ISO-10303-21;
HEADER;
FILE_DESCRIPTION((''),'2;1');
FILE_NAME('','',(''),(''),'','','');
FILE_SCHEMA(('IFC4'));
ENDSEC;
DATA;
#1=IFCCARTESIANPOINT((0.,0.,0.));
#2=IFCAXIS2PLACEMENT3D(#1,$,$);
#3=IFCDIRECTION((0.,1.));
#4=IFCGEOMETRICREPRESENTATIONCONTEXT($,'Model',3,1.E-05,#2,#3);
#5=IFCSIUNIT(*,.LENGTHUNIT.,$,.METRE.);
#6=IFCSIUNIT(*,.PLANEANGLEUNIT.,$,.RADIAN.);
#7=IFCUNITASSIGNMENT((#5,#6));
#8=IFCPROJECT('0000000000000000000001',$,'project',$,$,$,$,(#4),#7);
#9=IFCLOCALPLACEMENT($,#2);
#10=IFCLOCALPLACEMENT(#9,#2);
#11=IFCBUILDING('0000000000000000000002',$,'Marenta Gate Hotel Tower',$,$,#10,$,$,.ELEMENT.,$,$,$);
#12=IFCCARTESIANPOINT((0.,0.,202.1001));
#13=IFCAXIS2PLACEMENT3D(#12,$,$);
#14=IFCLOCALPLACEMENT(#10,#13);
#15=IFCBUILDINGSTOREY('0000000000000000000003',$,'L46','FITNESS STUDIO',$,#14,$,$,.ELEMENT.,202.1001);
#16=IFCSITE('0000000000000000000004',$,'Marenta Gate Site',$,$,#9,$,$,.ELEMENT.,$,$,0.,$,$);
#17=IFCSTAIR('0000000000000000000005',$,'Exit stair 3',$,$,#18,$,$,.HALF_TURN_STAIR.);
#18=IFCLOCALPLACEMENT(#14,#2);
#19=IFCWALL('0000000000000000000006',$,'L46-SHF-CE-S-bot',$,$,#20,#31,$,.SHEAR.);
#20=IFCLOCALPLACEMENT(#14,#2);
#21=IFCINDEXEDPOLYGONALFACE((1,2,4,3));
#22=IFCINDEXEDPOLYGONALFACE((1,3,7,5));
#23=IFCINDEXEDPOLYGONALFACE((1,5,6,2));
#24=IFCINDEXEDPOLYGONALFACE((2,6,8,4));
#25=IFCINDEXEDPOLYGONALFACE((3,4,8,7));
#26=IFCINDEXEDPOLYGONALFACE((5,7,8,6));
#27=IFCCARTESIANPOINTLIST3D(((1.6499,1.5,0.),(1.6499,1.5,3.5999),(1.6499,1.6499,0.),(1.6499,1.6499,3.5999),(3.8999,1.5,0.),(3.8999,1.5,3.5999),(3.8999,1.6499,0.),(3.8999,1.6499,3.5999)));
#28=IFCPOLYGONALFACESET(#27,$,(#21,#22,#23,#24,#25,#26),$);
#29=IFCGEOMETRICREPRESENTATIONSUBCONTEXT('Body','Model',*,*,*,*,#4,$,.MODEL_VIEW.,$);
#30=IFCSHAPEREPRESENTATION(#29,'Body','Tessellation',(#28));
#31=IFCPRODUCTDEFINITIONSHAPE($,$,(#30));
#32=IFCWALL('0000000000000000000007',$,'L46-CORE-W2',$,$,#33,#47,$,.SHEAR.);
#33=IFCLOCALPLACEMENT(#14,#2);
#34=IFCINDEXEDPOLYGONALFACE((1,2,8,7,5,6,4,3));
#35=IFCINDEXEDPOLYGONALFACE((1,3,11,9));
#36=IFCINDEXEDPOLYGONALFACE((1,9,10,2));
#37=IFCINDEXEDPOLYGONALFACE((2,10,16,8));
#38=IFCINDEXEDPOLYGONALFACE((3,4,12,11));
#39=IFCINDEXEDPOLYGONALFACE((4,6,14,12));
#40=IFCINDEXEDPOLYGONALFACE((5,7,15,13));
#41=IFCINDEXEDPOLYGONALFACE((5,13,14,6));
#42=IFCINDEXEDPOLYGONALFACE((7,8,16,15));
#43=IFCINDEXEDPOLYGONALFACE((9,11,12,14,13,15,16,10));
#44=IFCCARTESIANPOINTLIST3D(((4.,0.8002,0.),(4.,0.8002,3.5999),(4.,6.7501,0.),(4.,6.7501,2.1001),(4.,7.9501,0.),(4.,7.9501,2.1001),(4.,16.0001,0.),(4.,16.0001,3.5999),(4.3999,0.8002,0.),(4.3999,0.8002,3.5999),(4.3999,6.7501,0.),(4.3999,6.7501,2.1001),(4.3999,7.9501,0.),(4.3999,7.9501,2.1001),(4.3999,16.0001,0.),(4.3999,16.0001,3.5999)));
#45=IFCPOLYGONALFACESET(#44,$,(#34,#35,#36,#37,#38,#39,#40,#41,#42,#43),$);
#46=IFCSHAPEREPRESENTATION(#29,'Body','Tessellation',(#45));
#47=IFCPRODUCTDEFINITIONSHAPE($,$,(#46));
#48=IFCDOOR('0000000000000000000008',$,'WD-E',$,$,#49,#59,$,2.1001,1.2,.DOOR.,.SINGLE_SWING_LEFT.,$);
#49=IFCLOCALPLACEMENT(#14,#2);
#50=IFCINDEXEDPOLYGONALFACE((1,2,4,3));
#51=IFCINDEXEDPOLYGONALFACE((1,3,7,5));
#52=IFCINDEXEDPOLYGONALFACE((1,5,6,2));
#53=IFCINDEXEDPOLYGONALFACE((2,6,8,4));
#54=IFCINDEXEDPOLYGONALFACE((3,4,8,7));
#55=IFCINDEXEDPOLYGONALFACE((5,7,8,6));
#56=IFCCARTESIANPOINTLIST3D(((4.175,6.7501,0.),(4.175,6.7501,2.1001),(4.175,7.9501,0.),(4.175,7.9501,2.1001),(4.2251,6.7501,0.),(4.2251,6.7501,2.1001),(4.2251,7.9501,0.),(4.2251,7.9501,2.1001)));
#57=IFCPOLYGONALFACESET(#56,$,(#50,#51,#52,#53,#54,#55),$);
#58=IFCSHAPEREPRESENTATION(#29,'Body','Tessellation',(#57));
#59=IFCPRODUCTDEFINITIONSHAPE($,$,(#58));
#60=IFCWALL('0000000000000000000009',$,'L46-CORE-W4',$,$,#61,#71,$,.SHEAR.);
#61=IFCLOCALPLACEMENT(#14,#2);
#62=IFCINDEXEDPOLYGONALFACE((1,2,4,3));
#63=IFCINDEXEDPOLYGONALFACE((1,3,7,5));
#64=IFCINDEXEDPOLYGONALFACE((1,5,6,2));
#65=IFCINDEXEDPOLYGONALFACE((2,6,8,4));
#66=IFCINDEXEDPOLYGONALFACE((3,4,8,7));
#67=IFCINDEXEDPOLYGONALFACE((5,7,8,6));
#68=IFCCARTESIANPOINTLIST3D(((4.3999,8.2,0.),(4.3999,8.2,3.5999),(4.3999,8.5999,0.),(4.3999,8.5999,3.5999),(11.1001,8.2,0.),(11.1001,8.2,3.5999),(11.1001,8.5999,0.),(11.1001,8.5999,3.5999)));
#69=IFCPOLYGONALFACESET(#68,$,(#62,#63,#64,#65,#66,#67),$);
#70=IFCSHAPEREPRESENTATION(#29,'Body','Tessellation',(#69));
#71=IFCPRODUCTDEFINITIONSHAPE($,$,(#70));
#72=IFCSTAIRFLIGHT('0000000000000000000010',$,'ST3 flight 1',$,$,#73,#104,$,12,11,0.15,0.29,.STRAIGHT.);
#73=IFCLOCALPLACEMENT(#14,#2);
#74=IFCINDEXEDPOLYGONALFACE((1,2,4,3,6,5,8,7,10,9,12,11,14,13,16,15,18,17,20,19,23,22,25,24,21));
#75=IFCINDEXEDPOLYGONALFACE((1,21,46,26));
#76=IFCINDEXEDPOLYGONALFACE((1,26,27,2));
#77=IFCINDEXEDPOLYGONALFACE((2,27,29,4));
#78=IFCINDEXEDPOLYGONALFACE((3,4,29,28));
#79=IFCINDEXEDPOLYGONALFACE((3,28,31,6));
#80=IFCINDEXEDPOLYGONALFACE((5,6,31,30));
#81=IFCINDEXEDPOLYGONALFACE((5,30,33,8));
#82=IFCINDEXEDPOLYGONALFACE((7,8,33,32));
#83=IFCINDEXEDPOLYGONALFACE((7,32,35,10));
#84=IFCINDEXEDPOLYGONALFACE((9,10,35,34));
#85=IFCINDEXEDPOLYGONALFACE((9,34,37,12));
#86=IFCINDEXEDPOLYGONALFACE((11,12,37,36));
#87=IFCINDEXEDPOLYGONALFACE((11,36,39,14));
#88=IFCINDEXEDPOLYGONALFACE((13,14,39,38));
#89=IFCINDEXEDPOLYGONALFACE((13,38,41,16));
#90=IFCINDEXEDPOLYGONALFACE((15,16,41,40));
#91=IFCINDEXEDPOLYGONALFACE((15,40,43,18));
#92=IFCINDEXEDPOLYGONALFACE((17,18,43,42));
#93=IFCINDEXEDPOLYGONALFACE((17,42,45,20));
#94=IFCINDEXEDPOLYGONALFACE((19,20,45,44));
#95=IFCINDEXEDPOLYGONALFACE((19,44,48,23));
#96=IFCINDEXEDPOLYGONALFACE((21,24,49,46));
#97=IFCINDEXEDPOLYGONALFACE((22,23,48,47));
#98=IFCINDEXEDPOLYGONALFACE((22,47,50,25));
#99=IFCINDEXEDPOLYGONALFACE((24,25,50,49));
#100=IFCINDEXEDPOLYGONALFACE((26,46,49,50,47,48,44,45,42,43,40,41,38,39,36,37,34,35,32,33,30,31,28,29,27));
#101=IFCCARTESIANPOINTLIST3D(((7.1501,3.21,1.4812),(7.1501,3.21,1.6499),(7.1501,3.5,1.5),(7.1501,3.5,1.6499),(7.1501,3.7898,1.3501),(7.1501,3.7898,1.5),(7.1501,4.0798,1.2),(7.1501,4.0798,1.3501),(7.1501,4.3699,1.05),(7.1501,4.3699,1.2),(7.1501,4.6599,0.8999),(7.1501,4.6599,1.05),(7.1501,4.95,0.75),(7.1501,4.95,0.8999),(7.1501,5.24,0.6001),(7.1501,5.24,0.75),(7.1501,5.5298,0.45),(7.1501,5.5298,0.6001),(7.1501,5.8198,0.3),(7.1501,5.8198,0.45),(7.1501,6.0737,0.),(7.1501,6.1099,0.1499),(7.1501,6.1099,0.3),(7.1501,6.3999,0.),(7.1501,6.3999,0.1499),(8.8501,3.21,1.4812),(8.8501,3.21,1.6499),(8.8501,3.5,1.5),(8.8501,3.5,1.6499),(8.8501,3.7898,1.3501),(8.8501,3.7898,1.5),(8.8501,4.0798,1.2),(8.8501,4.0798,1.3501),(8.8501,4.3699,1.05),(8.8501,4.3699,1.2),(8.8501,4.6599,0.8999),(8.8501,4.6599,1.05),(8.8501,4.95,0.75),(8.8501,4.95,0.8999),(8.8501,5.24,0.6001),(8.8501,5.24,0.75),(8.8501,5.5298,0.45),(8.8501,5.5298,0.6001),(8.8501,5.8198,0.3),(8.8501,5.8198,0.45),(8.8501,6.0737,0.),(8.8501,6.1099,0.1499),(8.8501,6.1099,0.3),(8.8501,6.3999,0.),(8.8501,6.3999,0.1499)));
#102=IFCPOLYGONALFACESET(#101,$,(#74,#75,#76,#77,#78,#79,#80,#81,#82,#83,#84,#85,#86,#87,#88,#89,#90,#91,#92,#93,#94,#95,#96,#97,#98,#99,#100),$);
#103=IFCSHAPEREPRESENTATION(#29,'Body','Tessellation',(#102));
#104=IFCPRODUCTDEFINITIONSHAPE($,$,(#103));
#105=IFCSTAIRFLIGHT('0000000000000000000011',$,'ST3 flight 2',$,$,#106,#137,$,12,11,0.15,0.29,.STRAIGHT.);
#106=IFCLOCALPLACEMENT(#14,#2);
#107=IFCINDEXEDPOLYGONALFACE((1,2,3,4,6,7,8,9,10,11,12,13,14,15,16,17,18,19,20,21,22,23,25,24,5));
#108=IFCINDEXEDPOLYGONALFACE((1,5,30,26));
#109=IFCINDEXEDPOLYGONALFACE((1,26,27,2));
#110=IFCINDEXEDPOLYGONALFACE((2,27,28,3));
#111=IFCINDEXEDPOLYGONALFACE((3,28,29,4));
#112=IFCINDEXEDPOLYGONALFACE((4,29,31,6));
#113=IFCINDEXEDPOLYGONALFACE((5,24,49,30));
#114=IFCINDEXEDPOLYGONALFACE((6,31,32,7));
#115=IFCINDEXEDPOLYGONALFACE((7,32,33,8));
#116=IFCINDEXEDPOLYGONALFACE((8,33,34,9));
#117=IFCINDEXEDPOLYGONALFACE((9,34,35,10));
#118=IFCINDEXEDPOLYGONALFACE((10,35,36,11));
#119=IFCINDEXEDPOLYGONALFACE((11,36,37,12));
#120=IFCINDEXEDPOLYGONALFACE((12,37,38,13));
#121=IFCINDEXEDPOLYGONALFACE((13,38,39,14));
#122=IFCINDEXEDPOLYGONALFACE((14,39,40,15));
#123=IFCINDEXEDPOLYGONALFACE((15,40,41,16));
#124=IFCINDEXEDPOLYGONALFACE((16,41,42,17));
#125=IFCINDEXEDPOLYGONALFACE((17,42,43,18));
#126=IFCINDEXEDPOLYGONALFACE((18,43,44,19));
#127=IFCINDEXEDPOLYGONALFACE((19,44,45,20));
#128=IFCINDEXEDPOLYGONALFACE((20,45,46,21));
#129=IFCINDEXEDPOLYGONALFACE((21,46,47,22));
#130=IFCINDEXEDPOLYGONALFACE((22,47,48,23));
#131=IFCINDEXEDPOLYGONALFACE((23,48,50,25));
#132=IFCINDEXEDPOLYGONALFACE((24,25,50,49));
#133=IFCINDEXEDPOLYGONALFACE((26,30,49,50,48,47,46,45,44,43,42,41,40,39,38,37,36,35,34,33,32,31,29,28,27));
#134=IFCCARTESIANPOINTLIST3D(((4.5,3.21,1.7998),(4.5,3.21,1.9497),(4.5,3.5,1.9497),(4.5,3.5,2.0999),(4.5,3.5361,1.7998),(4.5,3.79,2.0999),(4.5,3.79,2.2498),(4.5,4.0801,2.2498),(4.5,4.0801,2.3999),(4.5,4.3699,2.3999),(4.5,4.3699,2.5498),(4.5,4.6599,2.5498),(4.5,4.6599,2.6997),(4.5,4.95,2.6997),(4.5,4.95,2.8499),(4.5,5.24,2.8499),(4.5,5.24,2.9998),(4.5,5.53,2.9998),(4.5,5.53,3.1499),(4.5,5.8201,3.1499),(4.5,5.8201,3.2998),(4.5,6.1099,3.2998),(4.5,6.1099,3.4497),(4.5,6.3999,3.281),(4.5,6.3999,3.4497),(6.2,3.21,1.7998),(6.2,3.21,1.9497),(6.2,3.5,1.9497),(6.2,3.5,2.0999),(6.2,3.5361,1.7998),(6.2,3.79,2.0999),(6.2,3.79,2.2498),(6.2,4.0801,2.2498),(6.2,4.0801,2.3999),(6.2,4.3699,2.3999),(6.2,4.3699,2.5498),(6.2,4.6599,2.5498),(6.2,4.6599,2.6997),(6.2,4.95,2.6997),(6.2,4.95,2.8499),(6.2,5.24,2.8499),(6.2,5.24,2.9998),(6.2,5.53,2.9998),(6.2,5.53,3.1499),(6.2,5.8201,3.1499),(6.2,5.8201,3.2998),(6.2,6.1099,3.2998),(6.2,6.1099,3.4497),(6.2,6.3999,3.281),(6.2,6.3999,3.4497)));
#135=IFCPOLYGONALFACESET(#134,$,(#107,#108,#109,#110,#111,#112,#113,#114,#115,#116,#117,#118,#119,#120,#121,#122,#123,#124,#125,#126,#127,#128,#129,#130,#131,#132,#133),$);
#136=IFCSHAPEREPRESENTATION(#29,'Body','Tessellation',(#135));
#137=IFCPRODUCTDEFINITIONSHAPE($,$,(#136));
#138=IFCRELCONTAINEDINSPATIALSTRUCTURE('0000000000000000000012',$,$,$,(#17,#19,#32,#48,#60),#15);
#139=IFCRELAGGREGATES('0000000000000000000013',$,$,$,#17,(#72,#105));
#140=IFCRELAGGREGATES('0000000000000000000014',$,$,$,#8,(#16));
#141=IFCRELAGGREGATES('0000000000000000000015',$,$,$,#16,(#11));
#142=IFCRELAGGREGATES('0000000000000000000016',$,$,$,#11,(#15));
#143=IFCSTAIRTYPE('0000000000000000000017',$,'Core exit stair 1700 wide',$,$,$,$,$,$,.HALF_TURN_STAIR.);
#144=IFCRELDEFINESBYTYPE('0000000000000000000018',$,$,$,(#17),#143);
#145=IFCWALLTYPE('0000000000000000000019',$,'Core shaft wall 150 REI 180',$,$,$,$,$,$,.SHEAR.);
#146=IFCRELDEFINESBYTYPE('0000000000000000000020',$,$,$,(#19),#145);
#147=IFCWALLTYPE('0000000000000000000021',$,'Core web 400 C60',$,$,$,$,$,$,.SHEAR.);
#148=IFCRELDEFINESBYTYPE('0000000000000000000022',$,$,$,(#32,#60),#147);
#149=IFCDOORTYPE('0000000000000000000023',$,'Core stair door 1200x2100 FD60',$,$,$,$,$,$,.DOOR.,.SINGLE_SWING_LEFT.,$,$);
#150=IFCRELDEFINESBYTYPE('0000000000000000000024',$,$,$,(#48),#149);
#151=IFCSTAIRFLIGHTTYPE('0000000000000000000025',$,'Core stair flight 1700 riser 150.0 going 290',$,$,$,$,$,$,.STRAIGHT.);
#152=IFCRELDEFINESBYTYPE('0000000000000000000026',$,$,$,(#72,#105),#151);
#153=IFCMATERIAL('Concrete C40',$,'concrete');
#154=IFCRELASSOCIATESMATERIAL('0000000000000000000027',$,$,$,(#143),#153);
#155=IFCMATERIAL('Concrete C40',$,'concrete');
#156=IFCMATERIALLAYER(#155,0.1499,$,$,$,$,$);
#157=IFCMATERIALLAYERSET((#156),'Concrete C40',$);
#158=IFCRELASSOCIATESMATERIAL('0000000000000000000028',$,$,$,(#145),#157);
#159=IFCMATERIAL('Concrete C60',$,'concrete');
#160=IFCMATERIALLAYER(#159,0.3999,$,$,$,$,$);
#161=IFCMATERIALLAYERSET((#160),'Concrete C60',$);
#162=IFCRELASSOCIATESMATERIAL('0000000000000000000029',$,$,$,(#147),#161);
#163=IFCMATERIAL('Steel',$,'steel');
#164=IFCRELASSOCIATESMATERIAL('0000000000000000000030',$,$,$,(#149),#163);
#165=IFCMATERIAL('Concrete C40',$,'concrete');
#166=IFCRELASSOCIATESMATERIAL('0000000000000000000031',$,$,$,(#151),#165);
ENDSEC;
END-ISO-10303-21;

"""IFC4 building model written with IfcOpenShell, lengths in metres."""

from ifc_helpers import new_model, si_unit, direction, frame, frame_2d, origin, place, context, subcontext, project, spatial, polyline, rectangle, outline, extrude, material, layer, layer_set, type_object, element, fill, aggregate, save


model = new_model("IFC4")

# Units and contexts
model_context = context("Model", 3, precision=1e-05, world=origin(), true_north=direction((0.0, 1.0)))
body_context = subcontext(model_context, "Body", "Model", "MODEL_VIEW")
ifc_project = project(units=[si_unit("LENGTHUNIT", "METRE"), si_unit("PLANEANGLEUNIT", "RADIAN")], contexts=[model_context])

# Site, building, storey
site_placement = place(None, origin())
site = spatial("IfcSite", under=ifc_project, at=site_placement, Name="Marenta Gate Site", CompositionType="ELEMENT", RefElevation=0.0)
building_placement = place(site_placement, origin())
building = spatial("IfcBuilding", under=site, at=building_placement, Name="Marenta Gate Hotel Tower", CompositionType="ELEMENT")
storey_placement = place(building_placement, frame((0.0, 0.0, 202.1001)))
storey = spatial("IfcBuildingStorey", under=building, at=storey_placement, Name="L46", Description="FITNESS STUDIO", CompositionType="ELEMENT", Elevation=202.1001)

# Stair
ifc_material_1 = material(Name="Concrete C40", Category="concrete")
stair_type_1 = type_object("IfcStairType", Name="Core exit stair 1700 wide", PredefinedType="HALF_TURN_STAIR", material=ifc_material_1)
stair_1_placement = place(storey_placement, origin())
stair_1 = element("IfcStair", 1, at=stair_1_placement, inside=storey, type_object=stair_type_1, Name="Exit stair 3", PredefinedType="HALF_TURN_STAIR")

# Shared definitions
ifc_material_2 = material(Name="Concrete C40", Category="concrete")
ifc_layer_1 = layer(ifc_material_2, 0.1499)
ifc_layer_set_1 = layer_set([ifc_layer_1], Name="Concrete C40")
wall_type_1 = type_object("IfcWallType", Name="Core shaft wall 150 REI 180", PredefinedType="SHEAR", material=ifc_layer_set_1)

# Wall
wall_1_placement = place(storey_placement, frame((1.6499, 1.575, 0.0), z_axis=(0.0, 0.0, 1.0), x_axis=(1.0, 0.0, 0.0)))
element("IfcWall", 2, at=wall_1_placement, inside=storey, type_object=wall_type_1, Name="L46-SHF-CE-S-bot", PredefinedType="SHEAR", context=body_context, shape_type="SweptSolid", body=[
    extrude(rectangle(XDim=2.25, YDim=0.1499, at=frame_2d((1.125, 0.0))), origin(), (0.0, 0.0, 1.0), 3.5999),
])

# Wall, opening, door
ifc_material_3 = material(Name="Concrete C60", Category="concrete")
ifc_layer_2 = layer(ifc_material_3, 0.3999)
ifc_layer_set_2 = layer_set([ifc_layer_2], Name="Concrete C60")
wall_type_2 = type_object("IfcWallType", Name="Core web 400 C60", PredefinedType="SHEAR", material=ifc_layer_set_2)
wall_2_placement = place(storey_placement, frame((4.2, 0.8, 0.0), z_axis=(0.0, 0.0, 1.0), x_axis=(0.0, 1.0, 0.0)))
wall_2 = element("IfcWall", 3, at=wall_2_placement, inside=storey, type_object=wall_type_2, Name="L46-CORE-W2", PredefinedType="SHEAR", context=body_context, shape_type="SweptSolid", body=[
    extrude(rectangle(XDim=15.2, YDim=0.3999, at=frame_2d((7.6001, 0.0))), origin(), (0.0, 0.0, 1.0), 3.5999),
])
opening_1_placement = place(wall_2_placement, frame((5.95, 0.0, 0.0)))
opening_1 = element("IfcOpeningElement", 4, at=opening_1_placement, cuts=wall_2, PredefinedType="OPENING", context=body_context, shape_type="SweptSolid", body=[
    extrude(rectangle(XDim=1.2, YDim=2.1001, at=frame_2d((0.6001, 1.05))), frame((0.0, 0.2, 0.0), z_axis=(0.0, -1.0, 0.0), x_axis=(1.0, 0.0, 0.0)), (0.0, 0.0, 1.0), 0.3999),
])
ifc_material_4 = material(Name="Steel", Category="steel")
door_type_1 = type_object("IfcDoorType", Name="Core stair door 1200x2100 FD60", OperationType="SINGLE_SWING_LEFT", PredefinedType="DOOR", material=ifc_material_4)
door_1_placement = place(opening_1_placement, origin())
door_1 = element("IfcDoor", 5, at=door_1_placement, inside=storey, type_object=door_type_1, Name="WD-E", OperationType="SINGLE_SWING_LEFT", OverallHeight=2.1001, OverallWidth=1.2, PredefinedType="DOOR", context=body_context, shape_type="SweptSolid", body=[
    extrude(rectangle(XDim=1.2, YDim=2.1001, at=frame_2d((0.6001, 1.05))), frame((0.0, 0.0249, 0.0), z_axis=(0.0, -1.0, 0.0), x_axis=(1.0, 0.0, 0.0)), (0.0, 0.0, 1.0), 0.05),
])
fill(opening_1, door_1)

# Wall
wall_3_placement = place(storey_placement, frame((4.3999, 8.3999, 0.0), z_axis=(0.0, 0.0, 1.0), x_axis=(1.0, 0.0, 0.0)))
element("IfcWall", 6, at=wall_3_placement, inside=storey, type_object=wall_type_2, Name="L46-CORE-W4", PredefinedType="SHEAR", context=body_context, shape_type="SweptSolid", body=[
    extrude(rectangle(XDim=6.7002, YDim=0.3999, at=frame_2d((3.3501, 0.0))), origin(), (0.0, 0.0, 1.0), 3.5999),
])

# Stair flights
ifc_material_5 = material(Name="Concrete C40", Category="concrete")
stair_flight_type = type_object("IfcStairFlightType", Name="Core stair flight 1700 riser 150.0 going 290", PredefinedType="STRAIGHT", material=ifc_material_5)
stair_flight_1_placement = place(storey_placement, frame((8.0, 6.3999, 0.0), z_axis=(0.0, 0.0, 1.0), x_axis=(0.0, -1.0, 0.0)))
stair_flight_1 = element("IfcStairFlight", 7, at=stair_flight_1_placement, type_object=stair_flight_type, Name="ST3 flight 1", NumberOfRisers=12, NumberOfTreads=11, PredefinedType="STRAIGHT", RiserHeight=0.15, TreadLength=0.29, context=body_context, shape_type="SweptSolid", body=[
    extrude(outline(polyline([(0.0, 0.0), (0.0, 0.1499), (0.29, 0.1499), (0.29, 0.3), (0.5801, 0.3), (0.5801, 0.45), (0.8701, 0.45), (0.8701, 0.6001), (1.1599, 0.6001), (1.1599, 0.75), (1.45, 0.75), (1.45, 0.8999), (1.74, 0.8999), (1.74, 1.05), (2.03, 1.05), (2.03, 1.2), (2.3201, 1.2), (2.3201, 1.3501), (2.6101, 1.3501), (2.6101, 1.5), (2.8999, 1.5), (2.8999, 1.6499), (3.1899, 1.6499), (3.1899, 1.8), (3.1899, 1.4812), (0.3262, 0.0), (0.0, 0.0)])), frame((0.0, 0.8501, 0.0), z_axis=(0.0, -1.0, 0.0), x_axis=(1.0, 0.0, 0.0)), (0.0, 0.0, 1.0), 1.7),
])
stair_flight_2_placement = place(storey_placement, frame((5.3501, 3.21, 1.7998), z_axis=(0.0, 0.0, 1.0), x_axis=(0.0, 1.0, 0.0)))
stair_flight_2 = element("IfcStairFlight", 8, at=stair_flight_2_placement, type_object=stair_flight_type, Name="ST3 flight 2", NumberOfRisers=12, NumberOfTreads=11, PredefinedType="STRAIGHT", RiserHeight=0.15, TreadLength=0.29, context=body_context, shape_type="SweptSolid", body=[
    extrude(outline(polyline([(0.0, 0.0), (0.0, 0.1499), (0.29, 0.1499), (0.29, 0.3), (0.5801, 0.3), (0.5801, 0.45), (0.8701, 0.45), (0.8701, 0.6001), (1.1599, 0.6001), (1.1599, 0.75), (1.45, 0.75), (1.45, 0.8999), (1.74, 0.8999), (1.74, 1.05), (2.03, 1.05), (2.03, 1.2), (2.3201, 1.2), (2.3201, 1.3501), (2.6101, 1.3501), (2.6101, 1.5), (2.8999, 1.5), (2.8999, 1.6499), (3.1899, 1.6499), (3.1899, 1.8), (3.1899, 1.4812), (0.3262, 0.0), (0.0, 0.0)])), frame((0.0, 0.8501, 0.0), z_axis=(0.0, -1.0, 0.0), x_axis=(1.0, 0.0, 0.0)), (0.0, 0.0, 1.0), 1.7),
])
aggregate(stair_1, [stair_flight_1, stair_flight_2])

save(model, "model.ifc")
